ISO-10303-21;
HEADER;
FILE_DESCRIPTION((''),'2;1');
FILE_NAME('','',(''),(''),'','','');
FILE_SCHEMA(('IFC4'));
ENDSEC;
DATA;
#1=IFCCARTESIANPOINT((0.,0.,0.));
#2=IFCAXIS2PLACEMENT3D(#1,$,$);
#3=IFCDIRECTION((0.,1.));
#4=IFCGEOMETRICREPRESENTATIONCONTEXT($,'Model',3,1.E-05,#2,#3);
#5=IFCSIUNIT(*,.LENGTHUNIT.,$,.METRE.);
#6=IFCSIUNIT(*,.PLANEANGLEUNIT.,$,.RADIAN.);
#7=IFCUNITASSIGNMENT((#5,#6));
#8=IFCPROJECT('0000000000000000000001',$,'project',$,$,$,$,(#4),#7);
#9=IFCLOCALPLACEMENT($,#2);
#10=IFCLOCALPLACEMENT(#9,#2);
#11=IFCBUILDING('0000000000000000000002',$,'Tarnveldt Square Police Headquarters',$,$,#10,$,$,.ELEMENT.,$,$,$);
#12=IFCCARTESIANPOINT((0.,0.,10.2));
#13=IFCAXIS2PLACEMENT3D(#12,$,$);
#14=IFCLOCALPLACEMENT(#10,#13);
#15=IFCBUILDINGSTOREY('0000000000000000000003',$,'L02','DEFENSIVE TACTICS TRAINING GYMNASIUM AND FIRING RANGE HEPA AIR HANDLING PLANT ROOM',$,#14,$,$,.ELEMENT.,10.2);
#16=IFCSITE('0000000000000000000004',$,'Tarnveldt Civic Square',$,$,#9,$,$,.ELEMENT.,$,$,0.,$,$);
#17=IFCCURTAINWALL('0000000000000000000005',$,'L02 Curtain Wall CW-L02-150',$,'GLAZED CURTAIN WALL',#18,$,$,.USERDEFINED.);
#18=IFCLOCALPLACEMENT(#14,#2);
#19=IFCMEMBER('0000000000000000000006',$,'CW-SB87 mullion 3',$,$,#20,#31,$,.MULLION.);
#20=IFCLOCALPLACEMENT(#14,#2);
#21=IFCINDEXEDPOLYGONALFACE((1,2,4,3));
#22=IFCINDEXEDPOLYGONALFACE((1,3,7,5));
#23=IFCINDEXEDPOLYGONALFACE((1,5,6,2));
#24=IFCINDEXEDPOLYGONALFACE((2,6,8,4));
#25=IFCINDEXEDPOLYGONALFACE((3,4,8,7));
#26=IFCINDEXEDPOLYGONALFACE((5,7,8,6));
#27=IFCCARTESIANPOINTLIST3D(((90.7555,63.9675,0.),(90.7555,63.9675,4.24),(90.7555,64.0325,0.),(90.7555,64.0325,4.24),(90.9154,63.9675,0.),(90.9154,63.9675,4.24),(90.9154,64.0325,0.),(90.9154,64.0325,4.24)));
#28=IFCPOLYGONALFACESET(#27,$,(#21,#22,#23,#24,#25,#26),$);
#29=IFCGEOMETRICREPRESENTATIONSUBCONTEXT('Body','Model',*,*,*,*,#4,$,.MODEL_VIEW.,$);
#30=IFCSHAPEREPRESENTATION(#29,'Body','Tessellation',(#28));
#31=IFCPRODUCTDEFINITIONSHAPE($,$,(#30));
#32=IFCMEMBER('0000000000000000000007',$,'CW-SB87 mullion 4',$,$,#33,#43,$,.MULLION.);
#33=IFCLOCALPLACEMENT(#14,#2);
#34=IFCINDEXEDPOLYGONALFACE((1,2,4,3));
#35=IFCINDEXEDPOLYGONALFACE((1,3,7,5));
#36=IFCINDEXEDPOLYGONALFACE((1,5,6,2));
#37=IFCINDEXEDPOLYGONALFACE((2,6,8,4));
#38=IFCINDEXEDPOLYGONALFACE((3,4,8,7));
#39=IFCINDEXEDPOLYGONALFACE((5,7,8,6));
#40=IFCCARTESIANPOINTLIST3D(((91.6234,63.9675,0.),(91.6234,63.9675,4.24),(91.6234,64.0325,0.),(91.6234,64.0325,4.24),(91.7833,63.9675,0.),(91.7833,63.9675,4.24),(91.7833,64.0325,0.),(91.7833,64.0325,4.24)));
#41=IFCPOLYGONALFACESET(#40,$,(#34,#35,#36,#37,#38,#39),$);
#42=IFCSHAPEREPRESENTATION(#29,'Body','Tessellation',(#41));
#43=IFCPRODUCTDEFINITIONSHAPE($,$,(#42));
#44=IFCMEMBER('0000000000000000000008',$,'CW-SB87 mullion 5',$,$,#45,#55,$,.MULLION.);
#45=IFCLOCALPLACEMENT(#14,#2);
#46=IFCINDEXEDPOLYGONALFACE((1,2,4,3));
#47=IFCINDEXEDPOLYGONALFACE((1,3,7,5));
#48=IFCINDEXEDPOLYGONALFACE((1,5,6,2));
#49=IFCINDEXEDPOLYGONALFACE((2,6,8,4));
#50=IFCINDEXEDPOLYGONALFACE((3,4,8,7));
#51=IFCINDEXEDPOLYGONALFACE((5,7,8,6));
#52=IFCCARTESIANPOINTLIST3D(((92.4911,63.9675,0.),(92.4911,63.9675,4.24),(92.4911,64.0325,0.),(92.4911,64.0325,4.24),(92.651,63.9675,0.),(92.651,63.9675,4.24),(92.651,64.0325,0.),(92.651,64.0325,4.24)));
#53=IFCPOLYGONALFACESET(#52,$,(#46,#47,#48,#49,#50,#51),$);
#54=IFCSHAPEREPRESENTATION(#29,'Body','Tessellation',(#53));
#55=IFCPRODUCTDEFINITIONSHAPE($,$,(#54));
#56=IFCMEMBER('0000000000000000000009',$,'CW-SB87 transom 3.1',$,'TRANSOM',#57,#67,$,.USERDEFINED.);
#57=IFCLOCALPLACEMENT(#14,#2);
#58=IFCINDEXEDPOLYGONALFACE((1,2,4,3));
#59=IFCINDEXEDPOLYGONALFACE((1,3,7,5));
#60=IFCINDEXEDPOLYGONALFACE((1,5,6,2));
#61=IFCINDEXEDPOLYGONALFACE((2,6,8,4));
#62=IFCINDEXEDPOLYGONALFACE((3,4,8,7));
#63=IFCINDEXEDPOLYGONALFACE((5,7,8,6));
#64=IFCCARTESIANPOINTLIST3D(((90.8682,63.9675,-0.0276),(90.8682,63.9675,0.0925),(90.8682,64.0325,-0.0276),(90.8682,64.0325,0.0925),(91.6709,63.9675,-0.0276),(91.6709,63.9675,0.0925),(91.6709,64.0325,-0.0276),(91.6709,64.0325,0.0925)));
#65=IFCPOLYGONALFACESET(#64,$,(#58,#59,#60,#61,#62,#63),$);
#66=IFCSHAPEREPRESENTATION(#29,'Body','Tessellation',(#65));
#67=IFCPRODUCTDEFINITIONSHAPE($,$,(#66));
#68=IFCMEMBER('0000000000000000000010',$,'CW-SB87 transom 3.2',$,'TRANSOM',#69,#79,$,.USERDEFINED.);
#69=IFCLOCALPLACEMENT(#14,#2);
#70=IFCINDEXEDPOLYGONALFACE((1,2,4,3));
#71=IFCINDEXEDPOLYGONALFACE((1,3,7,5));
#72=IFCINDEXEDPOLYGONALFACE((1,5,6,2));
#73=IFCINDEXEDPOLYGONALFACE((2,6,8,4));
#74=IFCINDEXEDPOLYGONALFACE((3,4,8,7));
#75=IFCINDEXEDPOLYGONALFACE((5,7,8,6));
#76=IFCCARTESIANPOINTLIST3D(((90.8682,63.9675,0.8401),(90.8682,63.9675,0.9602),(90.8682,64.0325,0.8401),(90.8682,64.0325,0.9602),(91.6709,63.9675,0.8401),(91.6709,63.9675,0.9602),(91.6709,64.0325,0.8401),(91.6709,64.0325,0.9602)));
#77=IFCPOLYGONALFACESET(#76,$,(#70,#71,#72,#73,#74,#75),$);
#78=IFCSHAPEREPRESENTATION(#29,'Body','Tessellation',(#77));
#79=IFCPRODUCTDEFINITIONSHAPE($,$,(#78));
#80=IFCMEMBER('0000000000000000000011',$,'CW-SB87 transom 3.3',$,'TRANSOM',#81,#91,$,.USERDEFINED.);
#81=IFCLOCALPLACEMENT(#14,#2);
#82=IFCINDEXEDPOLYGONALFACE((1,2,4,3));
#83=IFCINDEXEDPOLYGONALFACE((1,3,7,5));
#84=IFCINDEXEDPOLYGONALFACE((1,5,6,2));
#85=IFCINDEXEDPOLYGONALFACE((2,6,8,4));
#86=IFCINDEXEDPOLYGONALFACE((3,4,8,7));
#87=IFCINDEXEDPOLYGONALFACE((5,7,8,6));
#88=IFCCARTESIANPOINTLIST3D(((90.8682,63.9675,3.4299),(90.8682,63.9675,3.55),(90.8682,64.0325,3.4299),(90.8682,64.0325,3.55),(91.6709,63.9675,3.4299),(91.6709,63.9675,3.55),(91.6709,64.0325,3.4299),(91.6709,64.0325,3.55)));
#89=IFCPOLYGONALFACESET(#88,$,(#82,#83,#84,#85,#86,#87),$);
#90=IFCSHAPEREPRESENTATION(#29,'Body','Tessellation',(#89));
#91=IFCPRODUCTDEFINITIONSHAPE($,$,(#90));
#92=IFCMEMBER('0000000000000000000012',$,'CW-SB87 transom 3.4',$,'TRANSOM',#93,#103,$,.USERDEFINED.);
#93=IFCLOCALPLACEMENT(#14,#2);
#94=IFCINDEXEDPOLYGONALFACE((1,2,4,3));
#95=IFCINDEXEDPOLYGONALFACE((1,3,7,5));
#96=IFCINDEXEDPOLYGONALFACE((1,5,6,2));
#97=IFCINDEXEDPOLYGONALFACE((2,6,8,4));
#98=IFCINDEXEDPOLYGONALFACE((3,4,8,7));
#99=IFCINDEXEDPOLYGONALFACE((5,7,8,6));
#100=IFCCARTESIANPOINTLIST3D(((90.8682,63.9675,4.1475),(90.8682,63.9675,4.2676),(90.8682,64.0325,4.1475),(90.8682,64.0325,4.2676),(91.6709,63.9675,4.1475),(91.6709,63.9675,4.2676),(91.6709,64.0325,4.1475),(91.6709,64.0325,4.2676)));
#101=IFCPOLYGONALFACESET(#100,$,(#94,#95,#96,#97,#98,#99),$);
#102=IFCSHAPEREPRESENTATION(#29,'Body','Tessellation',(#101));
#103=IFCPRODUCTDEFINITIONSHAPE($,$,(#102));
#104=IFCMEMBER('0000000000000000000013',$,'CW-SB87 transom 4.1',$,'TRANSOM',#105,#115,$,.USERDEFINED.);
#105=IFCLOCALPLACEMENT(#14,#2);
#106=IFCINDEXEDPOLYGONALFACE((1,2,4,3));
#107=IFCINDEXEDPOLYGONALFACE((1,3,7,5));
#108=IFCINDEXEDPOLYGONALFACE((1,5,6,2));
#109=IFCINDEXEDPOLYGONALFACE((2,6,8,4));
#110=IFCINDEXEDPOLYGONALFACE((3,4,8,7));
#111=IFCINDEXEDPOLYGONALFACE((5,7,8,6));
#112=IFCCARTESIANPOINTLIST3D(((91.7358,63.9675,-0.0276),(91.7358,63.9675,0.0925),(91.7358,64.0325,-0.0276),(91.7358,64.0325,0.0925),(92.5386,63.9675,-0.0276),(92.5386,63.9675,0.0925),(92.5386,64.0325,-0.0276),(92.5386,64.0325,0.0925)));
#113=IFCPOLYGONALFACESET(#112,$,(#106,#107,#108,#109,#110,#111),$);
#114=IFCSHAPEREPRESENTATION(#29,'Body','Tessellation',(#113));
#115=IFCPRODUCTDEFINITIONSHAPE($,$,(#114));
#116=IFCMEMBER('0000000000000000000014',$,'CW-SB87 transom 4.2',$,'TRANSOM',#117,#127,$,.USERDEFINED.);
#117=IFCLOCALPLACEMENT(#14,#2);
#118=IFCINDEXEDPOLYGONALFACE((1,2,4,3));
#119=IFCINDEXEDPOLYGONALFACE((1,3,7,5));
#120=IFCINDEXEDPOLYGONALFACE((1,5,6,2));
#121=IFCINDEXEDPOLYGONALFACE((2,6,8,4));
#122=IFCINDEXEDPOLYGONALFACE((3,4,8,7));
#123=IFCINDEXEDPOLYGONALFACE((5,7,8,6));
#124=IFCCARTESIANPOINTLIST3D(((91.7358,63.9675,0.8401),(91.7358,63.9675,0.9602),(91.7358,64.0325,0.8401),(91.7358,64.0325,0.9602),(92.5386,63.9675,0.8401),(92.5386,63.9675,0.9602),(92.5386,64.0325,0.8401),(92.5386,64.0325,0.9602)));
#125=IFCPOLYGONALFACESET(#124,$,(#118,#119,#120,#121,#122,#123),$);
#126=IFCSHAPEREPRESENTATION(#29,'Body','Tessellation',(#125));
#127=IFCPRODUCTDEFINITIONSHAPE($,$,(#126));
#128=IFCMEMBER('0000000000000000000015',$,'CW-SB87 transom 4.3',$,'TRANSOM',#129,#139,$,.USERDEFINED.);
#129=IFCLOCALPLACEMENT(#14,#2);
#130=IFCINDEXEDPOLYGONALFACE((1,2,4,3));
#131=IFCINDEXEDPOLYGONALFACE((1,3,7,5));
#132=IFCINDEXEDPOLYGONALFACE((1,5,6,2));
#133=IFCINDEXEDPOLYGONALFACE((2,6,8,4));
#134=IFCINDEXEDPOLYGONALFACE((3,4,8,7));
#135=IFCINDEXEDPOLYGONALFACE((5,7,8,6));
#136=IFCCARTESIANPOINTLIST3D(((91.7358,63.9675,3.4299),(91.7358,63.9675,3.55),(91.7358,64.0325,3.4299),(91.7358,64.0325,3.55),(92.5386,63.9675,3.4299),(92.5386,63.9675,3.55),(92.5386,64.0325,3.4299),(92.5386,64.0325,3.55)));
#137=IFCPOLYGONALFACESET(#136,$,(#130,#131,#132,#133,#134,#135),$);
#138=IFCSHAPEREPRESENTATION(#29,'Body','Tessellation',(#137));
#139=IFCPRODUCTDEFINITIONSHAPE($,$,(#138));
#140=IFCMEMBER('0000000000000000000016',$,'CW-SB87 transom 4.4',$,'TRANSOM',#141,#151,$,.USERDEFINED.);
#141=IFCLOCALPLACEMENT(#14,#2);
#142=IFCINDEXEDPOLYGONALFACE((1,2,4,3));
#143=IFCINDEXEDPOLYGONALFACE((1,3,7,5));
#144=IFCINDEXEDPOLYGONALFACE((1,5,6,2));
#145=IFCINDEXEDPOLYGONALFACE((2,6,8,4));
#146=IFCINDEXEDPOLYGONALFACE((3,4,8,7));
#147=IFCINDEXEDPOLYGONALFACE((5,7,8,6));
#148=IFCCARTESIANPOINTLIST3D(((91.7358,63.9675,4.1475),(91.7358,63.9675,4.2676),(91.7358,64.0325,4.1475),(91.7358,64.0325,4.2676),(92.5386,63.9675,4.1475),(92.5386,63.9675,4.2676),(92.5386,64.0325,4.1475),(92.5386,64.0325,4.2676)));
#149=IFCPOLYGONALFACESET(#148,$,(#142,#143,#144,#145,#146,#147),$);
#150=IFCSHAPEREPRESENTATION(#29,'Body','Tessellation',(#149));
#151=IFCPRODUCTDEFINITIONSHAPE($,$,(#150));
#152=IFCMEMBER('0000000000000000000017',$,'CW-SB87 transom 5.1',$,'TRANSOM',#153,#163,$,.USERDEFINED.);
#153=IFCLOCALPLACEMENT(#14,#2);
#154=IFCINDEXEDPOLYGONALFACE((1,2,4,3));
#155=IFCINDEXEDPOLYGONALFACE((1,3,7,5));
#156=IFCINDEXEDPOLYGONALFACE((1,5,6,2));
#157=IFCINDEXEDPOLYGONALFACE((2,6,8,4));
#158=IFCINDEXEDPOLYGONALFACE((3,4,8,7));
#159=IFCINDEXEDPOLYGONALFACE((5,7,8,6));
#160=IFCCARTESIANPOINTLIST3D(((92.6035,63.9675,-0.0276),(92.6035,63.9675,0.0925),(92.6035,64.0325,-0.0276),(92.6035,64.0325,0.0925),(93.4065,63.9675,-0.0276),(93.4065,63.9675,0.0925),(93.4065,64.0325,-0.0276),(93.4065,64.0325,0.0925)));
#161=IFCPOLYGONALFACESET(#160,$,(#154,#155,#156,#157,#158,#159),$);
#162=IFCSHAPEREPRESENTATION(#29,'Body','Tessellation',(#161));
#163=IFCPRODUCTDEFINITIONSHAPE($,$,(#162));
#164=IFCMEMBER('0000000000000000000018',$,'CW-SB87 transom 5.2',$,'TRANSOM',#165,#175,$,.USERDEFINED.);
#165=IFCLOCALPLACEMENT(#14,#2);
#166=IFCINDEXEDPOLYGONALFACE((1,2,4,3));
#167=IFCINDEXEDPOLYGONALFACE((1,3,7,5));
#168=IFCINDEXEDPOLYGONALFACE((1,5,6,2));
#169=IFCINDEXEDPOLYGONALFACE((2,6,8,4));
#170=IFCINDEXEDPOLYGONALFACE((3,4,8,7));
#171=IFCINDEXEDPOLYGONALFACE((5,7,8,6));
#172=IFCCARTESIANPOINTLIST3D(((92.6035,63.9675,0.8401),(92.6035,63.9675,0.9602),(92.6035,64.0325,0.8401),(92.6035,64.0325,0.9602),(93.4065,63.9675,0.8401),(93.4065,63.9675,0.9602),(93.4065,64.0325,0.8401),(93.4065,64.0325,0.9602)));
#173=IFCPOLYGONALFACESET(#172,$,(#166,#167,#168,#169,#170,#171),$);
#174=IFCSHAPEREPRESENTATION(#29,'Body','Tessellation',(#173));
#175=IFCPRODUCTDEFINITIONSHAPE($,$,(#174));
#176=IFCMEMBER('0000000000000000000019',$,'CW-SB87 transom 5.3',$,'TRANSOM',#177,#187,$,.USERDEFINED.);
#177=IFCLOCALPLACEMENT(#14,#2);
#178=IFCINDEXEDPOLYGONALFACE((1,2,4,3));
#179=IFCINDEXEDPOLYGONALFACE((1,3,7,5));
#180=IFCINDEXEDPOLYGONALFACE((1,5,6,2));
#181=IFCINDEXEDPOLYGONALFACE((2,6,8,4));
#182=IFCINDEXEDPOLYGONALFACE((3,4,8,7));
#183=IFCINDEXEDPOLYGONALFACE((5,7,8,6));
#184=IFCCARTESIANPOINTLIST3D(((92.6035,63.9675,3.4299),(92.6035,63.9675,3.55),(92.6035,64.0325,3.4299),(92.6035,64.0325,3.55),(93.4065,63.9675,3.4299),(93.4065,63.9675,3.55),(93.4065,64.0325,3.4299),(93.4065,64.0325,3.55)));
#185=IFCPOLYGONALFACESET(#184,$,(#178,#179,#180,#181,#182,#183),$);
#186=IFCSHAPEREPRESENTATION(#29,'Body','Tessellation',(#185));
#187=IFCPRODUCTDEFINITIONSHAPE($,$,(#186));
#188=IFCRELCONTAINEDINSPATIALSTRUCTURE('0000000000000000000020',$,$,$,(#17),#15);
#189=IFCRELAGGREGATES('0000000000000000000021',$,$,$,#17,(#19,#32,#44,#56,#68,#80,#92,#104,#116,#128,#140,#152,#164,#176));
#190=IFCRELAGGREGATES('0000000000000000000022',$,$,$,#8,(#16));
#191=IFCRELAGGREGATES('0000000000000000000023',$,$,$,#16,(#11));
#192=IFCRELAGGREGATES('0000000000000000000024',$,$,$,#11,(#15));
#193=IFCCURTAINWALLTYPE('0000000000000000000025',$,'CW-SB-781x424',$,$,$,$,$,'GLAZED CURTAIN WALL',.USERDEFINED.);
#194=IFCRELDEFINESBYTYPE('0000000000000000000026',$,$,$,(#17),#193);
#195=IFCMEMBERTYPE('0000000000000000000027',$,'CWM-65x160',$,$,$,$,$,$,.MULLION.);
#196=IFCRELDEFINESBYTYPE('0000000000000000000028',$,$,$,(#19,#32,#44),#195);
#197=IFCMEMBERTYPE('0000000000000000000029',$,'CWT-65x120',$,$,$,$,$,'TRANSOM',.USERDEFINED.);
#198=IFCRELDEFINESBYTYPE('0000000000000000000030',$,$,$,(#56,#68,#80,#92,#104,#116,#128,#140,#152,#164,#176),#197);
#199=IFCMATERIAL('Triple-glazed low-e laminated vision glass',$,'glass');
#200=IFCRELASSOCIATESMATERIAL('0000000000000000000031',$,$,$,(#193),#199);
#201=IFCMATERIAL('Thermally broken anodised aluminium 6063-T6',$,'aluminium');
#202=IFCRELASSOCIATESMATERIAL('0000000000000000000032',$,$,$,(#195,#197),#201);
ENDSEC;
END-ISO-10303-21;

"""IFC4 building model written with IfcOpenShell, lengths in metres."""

from ifc_helpers import new_model, si_unit, direction, frame, origin, origin_2d, place, context, subcontext, project, spatial, rectangle, extrude, material, material_profile, profile_set, type_object, element, aggregate, save


model = new_model("IFC4")

# Units and contexts
model_context = context("Model", 3, precision=1e-05, world=origin(), true_north=direction((0.0, 1.0)))
body_context = subcontext(model_context, "Body", "Model", "MODEL_VIEW")
ifc_project = project(units=[si_unit("LENGTHUNIT", "METRE"), si_unit("PLANEANGLEUNIT", "RADIAN")], contexts=[model_context])

# Site, building, storey
site_placement = place(None, origin())
site = spatial("IfcSite", under=ifc_project, at=site_placement, Name="Tarnveldt Civic Square", CompositionType="ELEMENT", RefElevation=0.0)
building_placement = place(site_placement, origin())
building = spatial("IfcBuilding", under=site, at=building_placement, Name="Tarnveldt Square Police Headquarters", CompositionType="ELEMENT")
storey_placement = place(building_placement, frame((0.0, 0.0, 10.2)))
storey = spatial("IfcBuildingStorey", under=building, at=storey_placement, Name="L02", Description="DEFENSIVE TACTICS TRAINING GYMNASIUM AND FIRING RANGE HEPA AIR HANDLING PLANT ROOM", CompositionType="ELEMENT", Elevation=10.2)

# Curtain wall, members
ifc_material_1 = material(Name="Triple-glazed low-e laminated vision glass", Category="glass")
curtain_wall_type = type_object("IfcCurtainWallType", Name="CW-SB-781x424", ElementType="GLAZED CURTAIN WALL", PredefinedType="USERDEFINED", material=ifc_material_1)
curtain_wall_placement = place(storey_placement, origin())
curtain_wall = element("IfcCurtainWall", 1, at=curtain_wall_placement, inside=storey, type_object=curtain_wall_type, Name="L02 Curtain Wall CW-L02-150", ObjectType="GLAZED CURTAIN WALL", PredefinedType="USERDEFINED")
ifc_material_2 = material(Name="Thermally broken anodised aluminium 6063-T6", Category="aluminium")
ifc_material_profile_1 = material_profile(ifc_material_2, rectangle(XDim=0.0649, YDim=0.1599, at=origin_2d()), Name="CW-M65x160")
ifc_profile_set_1 = profile_set([ifc_material_profile_1], Name="Thermally broken anodised aluminium 6063-T6")
member_type_1 = type_object("IfcMemberType", Name="CWM-65x160", PredefinedType="MULLION", material=ifc_profile_set_1)
member_1_placement = place(storey_placement, frame((90.8354, 64.0, 0.0), z_axis=(0.0, 0.0, 1.0), x_axis=(0.0, 1.0, 0.0)))
member_1 = element("IfcMember", 2, at=member_1_placement, type_object=member_type_1, Name="CW-SB87 mullion 3", PredefinedType="MULLION", context=body_context, shape_type="SweptSolid", body=[
    extrude(rectangle(XDim=0.0649, YDim=0.1599, at=origin_2d()), origin(), (0.0, 0.0, 1.0), 4.24),
])
member_2_placement = place(storey_placement, frame((91.7034, 64.0, 0.0), z_axis=(0.0, 0.0, 1.0), x_axis=(0.0, 1.0, 0.0)))
member_2 = element("IfcMember", 3, at=member_2_placement, type_object=member_type_1, Name="CW-SB87 mullion 4", PredefinedType="MULLION", context=body_context, shape_type="SweptSolid", body=[
    extrude(rectangle(XDim=0.0649, YDim=0.1599, at=origin_2d()), origin(), (0.0, 0.0, 1.0), 4.24),
])
member_3_placement = place(storey_placement, frame((92.571, 64.0, 0.0), z_axis=(0.0, 0.0, 1.0), x_axis=(0.0, 1.0, 0.0)))
member_3 = element("IfcMember", 4, at=member_3_placement, type_object=member_type_1, Name="CW-SB87 mullion 5", PredefinedType="MULLION", context=body_context, shape_type="SweptSolid", body=[
    extrude(rectangle(XDim=0.0649, YDim=0.1599, at=origin_2d()), origin(), (0.0, 0.0, 1.0), 4.24),
])
ifc_material_profile_2 = material_profile(ifc_material_2, rectangle(XDim=0.0649, YDim=0.1201, at=origin_2d()), Name="CW-T65x120")
ifc_profile_set_2 = profile_set([ifc_material_profile_2], Name="Thermally broken anodised aluminium 6063-T6")
member_type_2 = type_object("IfcMemberType", Name="CWT-65x120", ElementType="TRANSOM", PredefinedType="USERDEFINED", material=ifc_profile_set_2)
member_4_placement = place(storey_placement, frame((90.8682, 64.0, 0.0325), z_axis=(1.0, 0.0, 0.0), x_axis=(0.0, 1.0, 0.0)))
member_4 = element("IfcMember", 5, at=member_4_placement, type_object=member_type_2, Name="CW-SB87 transom 3.1", ObjectType="TRANSOM", PredefinedType="USERDEFINED", context=body_context, shape_type="SweptSolid", body=[
    extrude(rectangle(XDim=0.0649, YDim=0.1201, at=origin_2d()), origin(), (0.0, 0.0, 1.0), 0.8027),
])
member_5_placement = place(storey_placement, frame((90.8682, 64.0, 0.9001), z_axis=(1.0, 0.0, 0.0), x_axis=(0.0, 1.0, 0.0)))
member_5 = element("IfcMember", 6, at=member_5_placement, type_object=member_type_2, Name="CW-SB87 transom 3.2", ObjectType="TRANSOM", PredefinedType="USERDEFINED", context=body_context, shape_type="SweptSolid", body=[
    extrude(rectangle(XDim=0.0649, YDim=0.1201, at=origin_2d()), origin(), (0.0, 0.0, 1.0), 0.8027),
])
member_6_placement = place(storey_placement, frame((90.8682, 64.0, 3.49), z_axis=(1.0, 0.0, 0.0), x_axis=(0.0, 1.0, 0.0)))
member_6 = element("IfcMember", 7, at=member_6_placement, type_object=member_type_2, Name="CW-SB87 transom 3.3", ObjectType="TRANSOM", PredefinedType="USERDEFINED", context=body_context, shape_type="SweptSolid", body=[
    extrude(rectangle(XDim=0.0649, YDim=0.1201, at=origin_2d()), origin(), (0.0, 0.0, 1.0), 0.8027),
])
member_7_placement = place(storey_placement, frame((90.8682, 64.0, 4.2075), z_axis=(1.0, 0.0, 0.0), x_axis=(0.0, 1.0, 0.0)))
member_7 = element("IfcMember", 8, at=member_7_placement, type_object=member_type_2, Name="CW-SB87 transom 3.4", ObjectType="TRANSOM", PredefinedType="USERDEFINED", context=body_context, shape_type="SweptSolid", body=[
    extrude(rectangle(XDim=0.0649, YDim=0.1201, at=origin_2d()), origin(), (0.0, 0.0, 1.0), 0.8027),
])
member_8_placement = place(storey_placement, frame((91.7358, 64.0, 0.0325), z_axis=(1.0, 0.0, 0.0), x_axis=(0.0, 1.0, 0.0)))
member_8 = element("IfcMember", 9, at=member_8_placement, type_object=member_type_2, Name="CW-SB87 transom 4.1", ObjectType="TRANSOM", PredefinedType="USERDEFINED", context=body_context, shape_type="SweptSolid", body=[
    extrude(rectangle(XDim=0.0649, YDim=0.1201, at=origin_2d()), origin(), (0.0, 0.0, 1.0), 0.8027),
])
member_9_placement = place(storey_placement, frame((91.7358, 64.0, 0.9001), z_axis=(1.0, 0.0, 0.0), x_axis=(0.0, 1.0, 0.0)))
member_9 = element("IfcMember", 10, at=member_9_placement, type_object=member_type_2, Name="CW-SB87 transom 4.2", ObjectType="TRANSOM", PredefinedType="USERDEFINED", context=body_context, shape_type="SweptSolid", body=[
    extrude(rectangle(XDim=0.0649, YDim=0.1201, at=origin_2d()), origin(), (0.0, 0.0, 1.0), 0.8027),
])
member_10_placement = place(storey_placement, frame((91.7358, 64.0, 3.49), z_axis=(1.0, 0.0, 0.0), x_axis=(0.0, 1.0, 0.0)))
member_10 = element("IfcMember", 11, at=member_10_placement, type_object=member_type_2, Name="CW-SB87 transom 4.3", ObjectType="TRANSOM", PredefinedType="USERDEFINED", context=body_context, shape_type="SweptSolid", body=[
    extrude(rectangle(XDim=0.0649, YDim=0.1201, at=origin_2d()), origin(), (0.0, 0.0, 1.0), 0.8027),
])
member_11_placement = place(storey_placement, frame((91.7358, 64.0, 4.2075), z_axis=(1.0, 0.0, 0.0), x_axis=(0.0, 1.0, 0.0)))
member_11 = element("IfcMember", 12, at=member_11_placement, type_object=member_type_2, Name="CW-SB87 transom 4.4", ObjectType="TRANSOM", PredefinedType="USERDEFINED", context=body_context, shape_type="SweptSolid", body=[
    extrude(rectangle(XDim=0.0649, YDim=0.1201, at=origin_2d()), origin(), (0.0, 0.0, 1.0), 0.8027),
])
member_12_placement = place(storey_placement, frame((92.6035, 64.0, 0.0325), z_axis=(1.0, 0.0, 0.0), x_axis=(0.0, 1.0, 0.0)))
member_12 = element("IfcMember", 13, at=member_12_placement, type_object=member_type_2, Name="CW-SB87 transom 5.1", ObjectType="TRANSOM", PredefinedType="USERDEFINED", context=body_context, shape_type="SweptSolid", body=[
    extrude(rectangle(XDim=0.0649, YDim=0.1201, at=origin_2d()), origin(), (0.0, 0.0, 1.0), 0.803),
])
member_13_placement = place(storey_placement, frame((92.6035, 64.0, 0.9001), z_axis=(1.0, 0.0, 0.0), x_axis=(0.0, 1.0, 0.0)))
member_13 = element("IfcMember", 14, at=member_13_placement, type_object=member_type_2, Name="CW-SB87 transom 5.2", ObjectType="TRANSOM", PredefinedType="USERDEFINED", context=body_context, shape_type="SweptSolid", body=[
    extrude(rectangle(XDim=0.0649, YDim=0.1201, at=origin_2d()), origin(), (0.0, 0.0, 1.0), 0.803),
])
member_14_placement = place(storey_placement, frame((92.6035, 64.0, 3.49), z_axis=(1.0, 0.0, 0.0), x_axis=(0.0, 1.0, 0.0)))
member_14 = element("IfcMember", 15, at=member_14_placement, type_object=member_type_2, Name="CW-SB87 transom 5.3", ObjectType="TRANSOM", PredefinedType="USERDEFINED", context=body_context, shape_type="SweptSolid", body=[
    extrude(rectangle(XDim=0.0649, YDim=0.1201, at=origin_2d()), origin(), (0.0, 0.0, 1.0), 0.803),
])
aggregate(curtain_wall, [member_1, member_2, member_3, member_4, member_5, member_6, member_7, member_8, member_9, member_10, member_11, member_12, member_13, member_14])

save(model, "model.ifc")
